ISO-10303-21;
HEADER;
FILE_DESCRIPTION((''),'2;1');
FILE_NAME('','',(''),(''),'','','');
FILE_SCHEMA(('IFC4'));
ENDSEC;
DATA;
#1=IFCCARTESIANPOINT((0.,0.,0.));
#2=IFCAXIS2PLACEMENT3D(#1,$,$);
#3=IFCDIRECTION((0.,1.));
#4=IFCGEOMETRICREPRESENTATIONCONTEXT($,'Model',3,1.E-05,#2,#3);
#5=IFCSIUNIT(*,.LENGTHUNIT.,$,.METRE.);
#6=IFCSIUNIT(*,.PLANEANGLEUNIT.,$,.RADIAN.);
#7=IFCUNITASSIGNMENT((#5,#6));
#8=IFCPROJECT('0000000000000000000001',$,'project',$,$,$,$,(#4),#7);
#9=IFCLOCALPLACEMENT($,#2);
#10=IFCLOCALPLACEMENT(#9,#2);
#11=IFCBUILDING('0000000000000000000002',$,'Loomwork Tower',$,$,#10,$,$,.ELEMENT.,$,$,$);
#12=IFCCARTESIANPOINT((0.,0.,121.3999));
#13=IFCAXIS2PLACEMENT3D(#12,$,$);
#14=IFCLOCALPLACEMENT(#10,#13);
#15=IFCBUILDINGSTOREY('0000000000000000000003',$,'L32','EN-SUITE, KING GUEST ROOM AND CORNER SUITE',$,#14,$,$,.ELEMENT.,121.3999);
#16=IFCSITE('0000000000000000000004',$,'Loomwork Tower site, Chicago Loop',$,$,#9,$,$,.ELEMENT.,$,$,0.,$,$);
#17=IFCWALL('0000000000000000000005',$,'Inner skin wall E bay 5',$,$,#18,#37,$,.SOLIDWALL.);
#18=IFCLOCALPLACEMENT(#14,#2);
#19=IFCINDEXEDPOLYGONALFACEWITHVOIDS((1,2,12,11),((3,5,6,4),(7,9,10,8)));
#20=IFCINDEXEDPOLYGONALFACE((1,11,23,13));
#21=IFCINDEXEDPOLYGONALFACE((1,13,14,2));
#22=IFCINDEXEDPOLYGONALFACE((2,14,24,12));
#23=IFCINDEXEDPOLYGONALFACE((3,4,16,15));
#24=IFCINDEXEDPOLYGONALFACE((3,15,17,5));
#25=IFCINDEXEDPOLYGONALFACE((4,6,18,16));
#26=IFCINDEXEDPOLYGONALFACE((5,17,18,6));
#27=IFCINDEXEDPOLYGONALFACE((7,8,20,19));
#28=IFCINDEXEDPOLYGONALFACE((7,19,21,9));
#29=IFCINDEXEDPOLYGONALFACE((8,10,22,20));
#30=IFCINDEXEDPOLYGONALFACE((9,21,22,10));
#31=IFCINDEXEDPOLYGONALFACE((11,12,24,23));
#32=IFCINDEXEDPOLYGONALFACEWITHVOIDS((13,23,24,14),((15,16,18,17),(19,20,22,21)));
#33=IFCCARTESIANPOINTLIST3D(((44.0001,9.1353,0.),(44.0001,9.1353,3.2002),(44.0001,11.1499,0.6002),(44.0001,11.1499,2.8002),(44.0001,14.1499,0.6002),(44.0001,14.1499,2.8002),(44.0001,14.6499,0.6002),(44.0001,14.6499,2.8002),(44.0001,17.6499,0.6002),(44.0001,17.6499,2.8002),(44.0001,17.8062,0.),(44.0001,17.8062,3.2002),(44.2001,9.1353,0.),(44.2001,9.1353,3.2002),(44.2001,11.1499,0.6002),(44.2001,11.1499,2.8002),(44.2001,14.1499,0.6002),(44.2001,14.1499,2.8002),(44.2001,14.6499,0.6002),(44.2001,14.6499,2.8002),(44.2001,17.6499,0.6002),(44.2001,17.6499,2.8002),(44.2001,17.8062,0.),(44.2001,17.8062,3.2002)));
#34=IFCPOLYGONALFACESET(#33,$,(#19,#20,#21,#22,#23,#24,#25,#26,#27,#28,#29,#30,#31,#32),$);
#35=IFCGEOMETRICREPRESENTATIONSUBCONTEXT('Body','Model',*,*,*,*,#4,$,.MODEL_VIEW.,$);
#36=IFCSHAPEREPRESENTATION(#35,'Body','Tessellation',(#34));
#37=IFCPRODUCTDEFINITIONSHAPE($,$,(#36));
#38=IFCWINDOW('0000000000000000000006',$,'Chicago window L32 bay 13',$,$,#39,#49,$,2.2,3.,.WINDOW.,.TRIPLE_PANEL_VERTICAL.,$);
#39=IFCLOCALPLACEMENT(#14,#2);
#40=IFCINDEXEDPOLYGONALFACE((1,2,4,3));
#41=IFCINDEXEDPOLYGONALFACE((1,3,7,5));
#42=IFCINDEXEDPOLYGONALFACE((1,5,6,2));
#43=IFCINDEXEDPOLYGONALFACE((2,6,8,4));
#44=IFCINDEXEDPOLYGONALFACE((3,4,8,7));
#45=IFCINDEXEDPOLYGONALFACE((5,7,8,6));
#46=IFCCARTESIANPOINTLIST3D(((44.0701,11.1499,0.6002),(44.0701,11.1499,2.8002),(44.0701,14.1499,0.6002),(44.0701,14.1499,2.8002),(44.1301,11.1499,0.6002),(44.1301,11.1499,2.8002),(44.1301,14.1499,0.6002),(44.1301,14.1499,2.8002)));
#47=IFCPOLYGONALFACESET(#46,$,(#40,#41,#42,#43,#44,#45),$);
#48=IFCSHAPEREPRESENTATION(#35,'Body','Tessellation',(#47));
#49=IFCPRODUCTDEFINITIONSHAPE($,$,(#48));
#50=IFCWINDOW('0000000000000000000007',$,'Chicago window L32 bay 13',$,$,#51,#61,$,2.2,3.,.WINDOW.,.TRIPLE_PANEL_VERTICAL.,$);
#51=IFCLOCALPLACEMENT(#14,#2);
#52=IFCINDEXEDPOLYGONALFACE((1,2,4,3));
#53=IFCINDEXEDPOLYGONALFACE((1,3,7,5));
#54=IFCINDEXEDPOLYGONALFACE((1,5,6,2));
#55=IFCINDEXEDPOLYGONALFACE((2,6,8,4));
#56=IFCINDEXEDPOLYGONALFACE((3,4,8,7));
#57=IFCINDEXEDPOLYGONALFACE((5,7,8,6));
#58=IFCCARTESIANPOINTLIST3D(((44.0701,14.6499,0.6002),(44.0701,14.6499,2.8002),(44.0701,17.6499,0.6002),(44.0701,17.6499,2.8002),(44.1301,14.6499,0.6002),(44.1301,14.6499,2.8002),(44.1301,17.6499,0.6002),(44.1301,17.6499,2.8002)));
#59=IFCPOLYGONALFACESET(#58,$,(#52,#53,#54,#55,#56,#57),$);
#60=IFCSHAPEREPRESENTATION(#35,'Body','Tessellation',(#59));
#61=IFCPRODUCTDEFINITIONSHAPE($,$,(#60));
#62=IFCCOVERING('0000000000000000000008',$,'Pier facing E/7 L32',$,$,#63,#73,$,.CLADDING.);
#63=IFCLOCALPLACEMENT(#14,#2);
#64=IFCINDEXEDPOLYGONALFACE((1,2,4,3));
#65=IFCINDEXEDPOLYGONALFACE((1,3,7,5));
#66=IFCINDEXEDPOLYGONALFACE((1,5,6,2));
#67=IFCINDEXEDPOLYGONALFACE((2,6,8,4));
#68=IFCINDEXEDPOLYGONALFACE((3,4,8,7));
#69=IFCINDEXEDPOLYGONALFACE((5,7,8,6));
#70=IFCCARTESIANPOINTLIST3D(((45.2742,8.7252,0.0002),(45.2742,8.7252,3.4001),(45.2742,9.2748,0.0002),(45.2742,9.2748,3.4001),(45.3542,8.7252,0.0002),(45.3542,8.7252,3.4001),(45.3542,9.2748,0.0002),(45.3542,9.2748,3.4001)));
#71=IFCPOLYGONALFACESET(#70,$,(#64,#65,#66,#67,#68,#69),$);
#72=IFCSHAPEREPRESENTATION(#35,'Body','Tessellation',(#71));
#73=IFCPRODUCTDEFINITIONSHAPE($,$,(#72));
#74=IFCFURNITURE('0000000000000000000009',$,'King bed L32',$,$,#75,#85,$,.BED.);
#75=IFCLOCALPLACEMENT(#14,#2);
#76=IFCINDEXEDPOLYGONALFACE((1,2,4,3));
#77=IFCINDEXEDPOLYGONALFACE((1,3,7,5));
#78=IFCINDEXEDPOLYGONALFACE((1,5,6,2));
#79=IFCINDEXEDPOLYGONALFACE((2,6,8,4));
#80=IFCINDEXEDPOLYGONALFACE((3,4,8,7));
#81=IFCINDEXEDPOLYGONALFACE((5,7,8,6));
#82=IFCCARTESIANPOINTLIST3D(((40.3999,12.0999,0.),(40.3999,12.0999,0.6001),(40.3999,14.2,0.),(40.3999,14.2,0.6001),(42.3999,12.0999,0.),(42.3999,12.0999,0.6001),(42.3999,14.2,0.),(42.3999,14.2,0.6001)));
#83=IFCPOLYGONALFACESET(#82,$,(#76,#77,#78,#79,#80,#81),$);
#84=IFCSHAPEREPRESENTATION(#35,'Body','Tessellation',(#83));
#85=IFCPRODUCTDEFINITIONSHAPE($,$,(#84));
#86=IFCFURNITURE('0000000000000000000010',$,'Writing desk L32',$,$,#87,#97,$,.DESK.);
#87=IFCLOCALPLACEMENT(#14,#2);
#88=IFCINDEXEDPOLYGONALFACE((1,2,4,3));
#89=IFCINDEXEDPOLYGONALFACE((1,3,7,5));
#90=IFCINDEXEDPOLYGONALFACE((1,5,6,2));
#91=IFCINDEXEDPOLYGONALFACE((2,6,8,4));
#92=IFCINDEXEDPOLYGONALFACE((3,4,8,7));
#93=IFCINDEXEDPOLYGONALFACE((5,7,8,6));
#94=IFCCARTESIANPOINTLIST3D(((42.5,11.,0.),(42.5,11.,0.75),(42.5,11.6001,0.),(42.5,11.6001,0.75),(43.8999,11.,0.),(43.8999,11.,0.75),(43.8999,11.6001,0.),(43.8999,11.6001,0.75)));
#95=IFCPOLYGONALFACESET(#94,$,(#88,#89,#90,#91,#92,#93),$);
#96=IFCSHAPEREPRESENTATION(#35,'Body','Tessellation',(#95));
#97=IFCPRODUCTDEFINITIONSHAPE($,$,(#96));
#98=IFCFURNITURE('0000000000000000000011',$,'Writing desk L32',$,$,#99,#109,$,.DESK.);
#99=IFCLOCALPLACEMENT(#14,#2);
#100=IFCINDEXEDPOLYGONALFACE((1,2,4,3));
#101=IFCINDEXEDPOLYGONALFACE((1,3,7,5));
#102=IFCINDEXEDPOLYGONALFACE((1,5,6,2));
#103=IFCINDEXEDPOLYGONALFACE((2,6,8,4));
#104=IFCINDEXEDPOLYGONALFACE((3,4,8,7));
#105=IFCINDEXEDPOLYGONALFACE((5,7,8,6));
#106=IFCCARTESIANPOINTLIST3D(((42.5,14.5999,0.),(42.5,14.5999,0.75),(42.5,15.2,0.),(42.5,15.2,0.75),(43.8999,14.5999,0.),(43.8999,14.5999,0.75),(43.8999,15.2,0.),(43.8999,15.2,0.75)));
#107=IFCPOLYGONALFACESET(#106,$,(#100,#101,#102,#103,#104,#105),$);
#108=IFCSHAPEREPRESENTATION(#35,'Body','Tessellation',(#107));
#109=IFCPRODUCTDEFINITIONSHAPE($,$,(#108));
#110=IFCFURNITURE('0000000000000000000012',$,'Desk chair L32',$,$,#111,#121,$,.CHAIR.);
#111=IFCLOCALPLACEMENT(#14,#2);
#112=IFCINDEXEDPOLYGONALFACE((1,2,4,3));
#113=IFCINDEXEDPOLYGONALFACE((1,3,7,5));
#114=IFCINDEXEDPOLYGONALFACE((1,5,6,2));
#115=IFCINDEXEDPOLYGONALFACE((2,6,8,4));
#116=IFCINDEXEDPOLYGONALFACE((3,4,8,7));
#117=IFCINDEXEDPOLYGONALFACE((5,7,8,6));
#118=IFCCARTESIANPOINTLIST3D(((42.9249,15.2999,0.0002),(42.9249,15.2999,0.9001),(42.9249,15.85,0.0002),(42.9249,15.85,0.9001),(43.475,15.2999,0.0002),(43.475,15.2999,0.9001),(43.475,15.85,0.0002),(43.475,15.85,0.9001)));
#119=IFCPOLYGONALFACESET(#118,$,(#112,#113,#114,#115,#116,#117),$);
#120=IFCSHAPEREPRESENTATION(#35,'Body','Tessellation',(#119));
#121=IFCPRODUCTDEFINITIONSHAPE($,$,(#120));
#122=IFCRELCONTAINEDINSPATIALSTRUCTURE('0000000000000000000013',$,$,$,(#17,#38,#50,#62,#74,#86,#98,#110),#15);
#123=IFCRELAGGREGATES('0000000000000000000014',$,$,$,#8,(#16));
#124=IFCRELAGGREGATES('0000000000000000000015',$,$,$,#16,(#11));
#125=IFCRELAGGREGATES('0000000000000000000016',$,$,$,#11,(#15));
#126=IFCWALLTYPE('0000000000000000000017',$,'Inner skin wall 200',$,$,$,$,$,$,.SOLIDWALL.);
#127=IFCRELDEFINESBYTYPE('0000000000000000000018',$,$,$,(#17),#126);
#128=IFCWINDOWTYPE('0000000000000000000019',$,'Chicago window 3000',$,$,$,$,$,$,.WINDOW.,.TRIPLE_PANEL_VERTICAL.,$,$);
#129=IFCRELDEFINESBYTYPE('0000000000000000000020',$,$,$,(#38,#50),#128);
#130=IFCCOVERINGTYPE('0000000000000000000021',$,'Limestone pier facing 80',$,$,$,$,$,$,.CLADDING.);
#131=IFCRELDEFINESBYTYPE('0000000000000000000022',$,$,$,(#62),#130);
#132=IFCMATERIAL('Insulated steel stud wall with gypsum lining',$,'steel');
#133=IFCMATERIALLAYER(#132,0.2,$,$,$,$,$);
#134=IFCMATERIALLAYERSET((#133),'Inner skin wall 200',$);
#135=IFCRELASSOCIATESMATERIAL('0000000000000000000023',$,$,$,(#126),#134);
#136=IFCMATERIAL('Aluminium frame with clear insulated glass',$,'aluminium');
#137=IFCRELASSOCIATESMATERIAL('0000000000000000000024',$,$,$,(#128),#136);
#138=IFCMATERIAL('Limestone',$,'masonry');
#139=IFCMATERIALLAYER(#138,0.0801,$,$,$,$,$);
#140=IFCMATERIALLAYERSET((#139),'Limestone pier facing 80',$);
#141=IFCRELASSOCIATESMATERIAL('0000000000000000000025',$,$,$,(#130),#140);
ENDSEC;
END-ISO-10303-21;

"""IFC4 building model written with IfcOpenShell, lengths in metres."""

from ifc_helpers import new_model, si_unit, direction, frame, frame_2d, origin, origin_2d, place, context, subcontext, project, spatial, rectangle, extrude, material, layer, layer_set, type_object, element, fill, save


model = new_model("IFC4")

# Units and contexts
model_context = context("Model", 3, precision=1e-05, world=origin(), true_north=direction((0.0, 1.0)))
body_context = subcontext(model_context, "Body", "Model", "MODEL_VIEW")
ifc_project = project(units=[si_unit("LENGTHUNIT", "METRE"), si_unit("PLANEANGLEUNIT", "RADIAN")], contexts=[model_context])

# Site, building, storey
site_placement = place(None, origin())
site = spatial("IfcSite", under=ifc_project, at=site_placement, Name="Loomwork Tower site, Chicago Loop", CompositionType="ELEMENT", RefElevation=0.0)
building_placement = place(site_placement, origin())
building = spatial("IfcBuilding", under=site, at=building_placement, Name="Loomwork Tower", CompositionType="ELEMENT")
storey_placement = place(building_placement, frame((0.0, 0.0, 121.3999)))
storey = spatial("IfcBuildingStorey", under=building, at=storey_placement, Name="L32", Description="EN-SUITE, KING GUEST ROOM AND CORNER SUITE", CompositionType="ELEMENT", Elevation=121.3999)

# Shared definitions
ifc_material_1 = material(Name="Insulated steel stud wall with gypsum lining", Category="steel")
ifc_layer_1 = layer(ifc_material_1, 0.2)
ifc_layer_set_1 = layer_set([ifc_layer_1], Name="Inner skin wall 200")
wall_type = type_object("IfcWallType", Name="Inner skin wall 200", PredefinedType="SOLIDWALL", material=ifc_layer_set_1)

# Wall, openings, windows
wall_1_placement = place(storey_placement, frame((44.1001, 9.1353, 0.0), z_axis=(0.0, 0.0, 1.0), x_axis=(0.0, 1.0, 0.0)))
wall_1 = element("IfcWall", 1, at=wall_1_placement, inside=storey, type_object=wall_type, Name="Inner skin wall E bay 5", PredefinedType="SOLIDWALL", context=body_context, shape_type="SweptSolid", body=[
    extrude(rectangle(XDim=8.6709, YDim=0.2, at=frame_2d((4.3354, 0.0))), origin(), (0.0, 0.0, 1.0), 3.2002),
])
opening_1_placement = place(wall_1_placement, frame((2.0146, 0.0, 0.6001)))
opening_1 = element("IfcOpeningElement", 2, at=opening_1_placement, cuts=wall_1, PredefinedType="OPENING", context=body_context, shape_type="SweptSolid", body=[
    extrude(rectangle(XDim=3.0, YDim=2.2, at=frame_2d((1.5, 1.1001))), frame((0.0, 0.1099, 0.0), z_axis=(0.0, -1.0, 0.0), x_axis=(1.0, 0.0, 0.0)), (0.0, 0.0, 1.0), 0.22),
])
opening_2_placement = place(wall_1_placement, frame((5.5146, 0.0, 0.6001)))
opening_2 = element("IfcOpeningElement", 3, at=opening_2_placement, cuts=wall_1, PredefinedType="OPENING", context=body_context, shape_type="SweptSolid", body=[
    extrude(rectangle(XDim=3.0, YDim=2.2, at=frame_2d((1.5, 1.1001))), frame((0.0, 0.1099, 0.0), z_axis=(0.0, -1.0, 0.0), x_axis=(1.0, 0.0, 0.0)), (0.0, 0.0, 1.0), 0.22),
])
ifc_material_2 = material(Name="Aluminium frame with clear insulated glass", Category="aluminium")
window_type = type_object("IfcWindowType", Name="Chicago window 3000", PartitioningType="TRIPLE_PANEL_VERTICAL", PredefinedType="WINDOW", material=ifc_material_2)
window_1_placement = place(opening_1_placement, origin())
window_1 = element("IfcWindow", 4, at=window_1_placement, inside=storey, type_object=window_type, Name="Chicago window L32 bay 13", OverallHeight=2.2, OverallWidth=3.0, PartitioningType="TRIPLE_PANEL_VERTICAL", PredefinedType="WINDOW", context=body_context, shape_type="SweptSolid", body=[
    extrude(rectangle(XDim=3.0, YDim=2.2, at=frame_2d((1.5, 1.1001))), frame((0.0, 0.03, 0.0), z_axis=(0.0, -1.0, 0.0), x_axis=(1.0, 0.0, 0.0)), (0.0, 0.0, 1.0), 0.0601),
])
fill(opening_1, window_1)
window_2_placement = place(opening_2_placement, origin())
window_2 = element("IfcWindow", 5, at=window_2_placement, inside=storey, type_object=window_type, Name="Chicago window L32 bay 13", OverallHeight=2.2, OverallWidth=3.0, PartitioningType="TRIPLE_PANEL_VERTICAL", PredefinedType="WINDOW", context=body_context, shape_type="SweptSolid", body=[
    extrude(rectangle(XDim=3.0, YDim=2.2, at=frame_2d((1.5, 1.1001))), frame((0.0, 0.03, 0.0), z_axis=(0.0, -1.0, 0.0), x_axis=(1.0, 0.0, 0.0)), (0.0, 0.0, 1.0), 0.0601),
])
fill(opening_2, window_2)

# Covering
ifc_material_3 = material(Name="Limestone", Category="masonry")
ifc_layer_2 = layer(ifc_material_3, 0.0801)
ifc_layer_set_2 = layer_set([ifc_layer_2], Name="Limestone pier facing 80")
covering_type = type_object("IfcCoveringType", Name="Limestone pier facing 80", PredefinedType="CLADDING", material=ifc_layer_set_2)
covering_placement = place(storey_placement, frame((45.3142, 9.0, 0.0002), z_axis=(0.0, 0.0, 1.0), x_axis=(1.0, 0.0, 0.0)))
element("IfcCovering", 6, at=covering_placement, inside=storey, type_object=covering_type, Name="Pier facing E/7 L32", PredefinedType="CLADDING", context=body_context, shape_type="SweptSolid", body=[
    extrude(rectangle(XDim=0.0801, YDim=0.5496, at=origin_2d()), origin(), (0.0, 0.0, 1.0), 3.3999),
])

# Furniture
furniture_1_placement = place(storey_placement, frame((41.3999, 13.1499, 0.0), z_axis=(0.0, 0.0, 1.0), x_axis=(1.0, 0.0, 0.0)))
element("IfcFurniture", 7, at=furniture_1_placement, inside=storey, Name="King bed L32", PredefinedType="BED", context=body_context, shape_type="SweptSolid", body=[
    extrude(rectangle(XDim=2.0, YDim=2.1001, at=origin_2d()), origin(), (0.0, 0.0, 1.0), 0.6001),
])
for number, where, z_axis, x_axis, name in (
    (8, (43.2, 11.3, 0.0), (0.0, 0.0, 1.0), (1.0, 0.0, 0.0), "Writing desk L32"),
    (9, (43.2, 14.8999, 0.0), (0.0, 0.0, 1.0), (1.0, 0.0, 0.0), "Writing desk L32"),
):
    element("IfcFurniture", number, at=place(storey_placement, frame(where, z_axis=z_axis, x_axis=x_axis)), inside=storey, Name=name, PredefinedType="DESK", context=body_context, shape_type="SweptSolid", body=[
        extrude(rectangle(XDim=1.3999, YDim=0.6001, at=origin_2d()), origin(), (0.0, 0.0, 1.0), 0.75),
    ])
furniture_2_placement = place(storey_placement, frame((43.2, 15.575, 0.0002), z_axis=(0.0, 0.0, 1.0), x_axis=(1.0, 0.0, 0.0)))
element("IfcFurniture", 10, at=furniture_2_placement, inside=storey, Name="Desk chair L32", PredefinedType="CHAIR", context=body_context, shape_type="SweptSolid", body=[
    extrude(rectangle(XDim=0.55, YDim=0.55, at=origin_2d()), origin(), (0.0, 0.0, 1.0), 0.8999),
])

save(model, "model.ifc")
